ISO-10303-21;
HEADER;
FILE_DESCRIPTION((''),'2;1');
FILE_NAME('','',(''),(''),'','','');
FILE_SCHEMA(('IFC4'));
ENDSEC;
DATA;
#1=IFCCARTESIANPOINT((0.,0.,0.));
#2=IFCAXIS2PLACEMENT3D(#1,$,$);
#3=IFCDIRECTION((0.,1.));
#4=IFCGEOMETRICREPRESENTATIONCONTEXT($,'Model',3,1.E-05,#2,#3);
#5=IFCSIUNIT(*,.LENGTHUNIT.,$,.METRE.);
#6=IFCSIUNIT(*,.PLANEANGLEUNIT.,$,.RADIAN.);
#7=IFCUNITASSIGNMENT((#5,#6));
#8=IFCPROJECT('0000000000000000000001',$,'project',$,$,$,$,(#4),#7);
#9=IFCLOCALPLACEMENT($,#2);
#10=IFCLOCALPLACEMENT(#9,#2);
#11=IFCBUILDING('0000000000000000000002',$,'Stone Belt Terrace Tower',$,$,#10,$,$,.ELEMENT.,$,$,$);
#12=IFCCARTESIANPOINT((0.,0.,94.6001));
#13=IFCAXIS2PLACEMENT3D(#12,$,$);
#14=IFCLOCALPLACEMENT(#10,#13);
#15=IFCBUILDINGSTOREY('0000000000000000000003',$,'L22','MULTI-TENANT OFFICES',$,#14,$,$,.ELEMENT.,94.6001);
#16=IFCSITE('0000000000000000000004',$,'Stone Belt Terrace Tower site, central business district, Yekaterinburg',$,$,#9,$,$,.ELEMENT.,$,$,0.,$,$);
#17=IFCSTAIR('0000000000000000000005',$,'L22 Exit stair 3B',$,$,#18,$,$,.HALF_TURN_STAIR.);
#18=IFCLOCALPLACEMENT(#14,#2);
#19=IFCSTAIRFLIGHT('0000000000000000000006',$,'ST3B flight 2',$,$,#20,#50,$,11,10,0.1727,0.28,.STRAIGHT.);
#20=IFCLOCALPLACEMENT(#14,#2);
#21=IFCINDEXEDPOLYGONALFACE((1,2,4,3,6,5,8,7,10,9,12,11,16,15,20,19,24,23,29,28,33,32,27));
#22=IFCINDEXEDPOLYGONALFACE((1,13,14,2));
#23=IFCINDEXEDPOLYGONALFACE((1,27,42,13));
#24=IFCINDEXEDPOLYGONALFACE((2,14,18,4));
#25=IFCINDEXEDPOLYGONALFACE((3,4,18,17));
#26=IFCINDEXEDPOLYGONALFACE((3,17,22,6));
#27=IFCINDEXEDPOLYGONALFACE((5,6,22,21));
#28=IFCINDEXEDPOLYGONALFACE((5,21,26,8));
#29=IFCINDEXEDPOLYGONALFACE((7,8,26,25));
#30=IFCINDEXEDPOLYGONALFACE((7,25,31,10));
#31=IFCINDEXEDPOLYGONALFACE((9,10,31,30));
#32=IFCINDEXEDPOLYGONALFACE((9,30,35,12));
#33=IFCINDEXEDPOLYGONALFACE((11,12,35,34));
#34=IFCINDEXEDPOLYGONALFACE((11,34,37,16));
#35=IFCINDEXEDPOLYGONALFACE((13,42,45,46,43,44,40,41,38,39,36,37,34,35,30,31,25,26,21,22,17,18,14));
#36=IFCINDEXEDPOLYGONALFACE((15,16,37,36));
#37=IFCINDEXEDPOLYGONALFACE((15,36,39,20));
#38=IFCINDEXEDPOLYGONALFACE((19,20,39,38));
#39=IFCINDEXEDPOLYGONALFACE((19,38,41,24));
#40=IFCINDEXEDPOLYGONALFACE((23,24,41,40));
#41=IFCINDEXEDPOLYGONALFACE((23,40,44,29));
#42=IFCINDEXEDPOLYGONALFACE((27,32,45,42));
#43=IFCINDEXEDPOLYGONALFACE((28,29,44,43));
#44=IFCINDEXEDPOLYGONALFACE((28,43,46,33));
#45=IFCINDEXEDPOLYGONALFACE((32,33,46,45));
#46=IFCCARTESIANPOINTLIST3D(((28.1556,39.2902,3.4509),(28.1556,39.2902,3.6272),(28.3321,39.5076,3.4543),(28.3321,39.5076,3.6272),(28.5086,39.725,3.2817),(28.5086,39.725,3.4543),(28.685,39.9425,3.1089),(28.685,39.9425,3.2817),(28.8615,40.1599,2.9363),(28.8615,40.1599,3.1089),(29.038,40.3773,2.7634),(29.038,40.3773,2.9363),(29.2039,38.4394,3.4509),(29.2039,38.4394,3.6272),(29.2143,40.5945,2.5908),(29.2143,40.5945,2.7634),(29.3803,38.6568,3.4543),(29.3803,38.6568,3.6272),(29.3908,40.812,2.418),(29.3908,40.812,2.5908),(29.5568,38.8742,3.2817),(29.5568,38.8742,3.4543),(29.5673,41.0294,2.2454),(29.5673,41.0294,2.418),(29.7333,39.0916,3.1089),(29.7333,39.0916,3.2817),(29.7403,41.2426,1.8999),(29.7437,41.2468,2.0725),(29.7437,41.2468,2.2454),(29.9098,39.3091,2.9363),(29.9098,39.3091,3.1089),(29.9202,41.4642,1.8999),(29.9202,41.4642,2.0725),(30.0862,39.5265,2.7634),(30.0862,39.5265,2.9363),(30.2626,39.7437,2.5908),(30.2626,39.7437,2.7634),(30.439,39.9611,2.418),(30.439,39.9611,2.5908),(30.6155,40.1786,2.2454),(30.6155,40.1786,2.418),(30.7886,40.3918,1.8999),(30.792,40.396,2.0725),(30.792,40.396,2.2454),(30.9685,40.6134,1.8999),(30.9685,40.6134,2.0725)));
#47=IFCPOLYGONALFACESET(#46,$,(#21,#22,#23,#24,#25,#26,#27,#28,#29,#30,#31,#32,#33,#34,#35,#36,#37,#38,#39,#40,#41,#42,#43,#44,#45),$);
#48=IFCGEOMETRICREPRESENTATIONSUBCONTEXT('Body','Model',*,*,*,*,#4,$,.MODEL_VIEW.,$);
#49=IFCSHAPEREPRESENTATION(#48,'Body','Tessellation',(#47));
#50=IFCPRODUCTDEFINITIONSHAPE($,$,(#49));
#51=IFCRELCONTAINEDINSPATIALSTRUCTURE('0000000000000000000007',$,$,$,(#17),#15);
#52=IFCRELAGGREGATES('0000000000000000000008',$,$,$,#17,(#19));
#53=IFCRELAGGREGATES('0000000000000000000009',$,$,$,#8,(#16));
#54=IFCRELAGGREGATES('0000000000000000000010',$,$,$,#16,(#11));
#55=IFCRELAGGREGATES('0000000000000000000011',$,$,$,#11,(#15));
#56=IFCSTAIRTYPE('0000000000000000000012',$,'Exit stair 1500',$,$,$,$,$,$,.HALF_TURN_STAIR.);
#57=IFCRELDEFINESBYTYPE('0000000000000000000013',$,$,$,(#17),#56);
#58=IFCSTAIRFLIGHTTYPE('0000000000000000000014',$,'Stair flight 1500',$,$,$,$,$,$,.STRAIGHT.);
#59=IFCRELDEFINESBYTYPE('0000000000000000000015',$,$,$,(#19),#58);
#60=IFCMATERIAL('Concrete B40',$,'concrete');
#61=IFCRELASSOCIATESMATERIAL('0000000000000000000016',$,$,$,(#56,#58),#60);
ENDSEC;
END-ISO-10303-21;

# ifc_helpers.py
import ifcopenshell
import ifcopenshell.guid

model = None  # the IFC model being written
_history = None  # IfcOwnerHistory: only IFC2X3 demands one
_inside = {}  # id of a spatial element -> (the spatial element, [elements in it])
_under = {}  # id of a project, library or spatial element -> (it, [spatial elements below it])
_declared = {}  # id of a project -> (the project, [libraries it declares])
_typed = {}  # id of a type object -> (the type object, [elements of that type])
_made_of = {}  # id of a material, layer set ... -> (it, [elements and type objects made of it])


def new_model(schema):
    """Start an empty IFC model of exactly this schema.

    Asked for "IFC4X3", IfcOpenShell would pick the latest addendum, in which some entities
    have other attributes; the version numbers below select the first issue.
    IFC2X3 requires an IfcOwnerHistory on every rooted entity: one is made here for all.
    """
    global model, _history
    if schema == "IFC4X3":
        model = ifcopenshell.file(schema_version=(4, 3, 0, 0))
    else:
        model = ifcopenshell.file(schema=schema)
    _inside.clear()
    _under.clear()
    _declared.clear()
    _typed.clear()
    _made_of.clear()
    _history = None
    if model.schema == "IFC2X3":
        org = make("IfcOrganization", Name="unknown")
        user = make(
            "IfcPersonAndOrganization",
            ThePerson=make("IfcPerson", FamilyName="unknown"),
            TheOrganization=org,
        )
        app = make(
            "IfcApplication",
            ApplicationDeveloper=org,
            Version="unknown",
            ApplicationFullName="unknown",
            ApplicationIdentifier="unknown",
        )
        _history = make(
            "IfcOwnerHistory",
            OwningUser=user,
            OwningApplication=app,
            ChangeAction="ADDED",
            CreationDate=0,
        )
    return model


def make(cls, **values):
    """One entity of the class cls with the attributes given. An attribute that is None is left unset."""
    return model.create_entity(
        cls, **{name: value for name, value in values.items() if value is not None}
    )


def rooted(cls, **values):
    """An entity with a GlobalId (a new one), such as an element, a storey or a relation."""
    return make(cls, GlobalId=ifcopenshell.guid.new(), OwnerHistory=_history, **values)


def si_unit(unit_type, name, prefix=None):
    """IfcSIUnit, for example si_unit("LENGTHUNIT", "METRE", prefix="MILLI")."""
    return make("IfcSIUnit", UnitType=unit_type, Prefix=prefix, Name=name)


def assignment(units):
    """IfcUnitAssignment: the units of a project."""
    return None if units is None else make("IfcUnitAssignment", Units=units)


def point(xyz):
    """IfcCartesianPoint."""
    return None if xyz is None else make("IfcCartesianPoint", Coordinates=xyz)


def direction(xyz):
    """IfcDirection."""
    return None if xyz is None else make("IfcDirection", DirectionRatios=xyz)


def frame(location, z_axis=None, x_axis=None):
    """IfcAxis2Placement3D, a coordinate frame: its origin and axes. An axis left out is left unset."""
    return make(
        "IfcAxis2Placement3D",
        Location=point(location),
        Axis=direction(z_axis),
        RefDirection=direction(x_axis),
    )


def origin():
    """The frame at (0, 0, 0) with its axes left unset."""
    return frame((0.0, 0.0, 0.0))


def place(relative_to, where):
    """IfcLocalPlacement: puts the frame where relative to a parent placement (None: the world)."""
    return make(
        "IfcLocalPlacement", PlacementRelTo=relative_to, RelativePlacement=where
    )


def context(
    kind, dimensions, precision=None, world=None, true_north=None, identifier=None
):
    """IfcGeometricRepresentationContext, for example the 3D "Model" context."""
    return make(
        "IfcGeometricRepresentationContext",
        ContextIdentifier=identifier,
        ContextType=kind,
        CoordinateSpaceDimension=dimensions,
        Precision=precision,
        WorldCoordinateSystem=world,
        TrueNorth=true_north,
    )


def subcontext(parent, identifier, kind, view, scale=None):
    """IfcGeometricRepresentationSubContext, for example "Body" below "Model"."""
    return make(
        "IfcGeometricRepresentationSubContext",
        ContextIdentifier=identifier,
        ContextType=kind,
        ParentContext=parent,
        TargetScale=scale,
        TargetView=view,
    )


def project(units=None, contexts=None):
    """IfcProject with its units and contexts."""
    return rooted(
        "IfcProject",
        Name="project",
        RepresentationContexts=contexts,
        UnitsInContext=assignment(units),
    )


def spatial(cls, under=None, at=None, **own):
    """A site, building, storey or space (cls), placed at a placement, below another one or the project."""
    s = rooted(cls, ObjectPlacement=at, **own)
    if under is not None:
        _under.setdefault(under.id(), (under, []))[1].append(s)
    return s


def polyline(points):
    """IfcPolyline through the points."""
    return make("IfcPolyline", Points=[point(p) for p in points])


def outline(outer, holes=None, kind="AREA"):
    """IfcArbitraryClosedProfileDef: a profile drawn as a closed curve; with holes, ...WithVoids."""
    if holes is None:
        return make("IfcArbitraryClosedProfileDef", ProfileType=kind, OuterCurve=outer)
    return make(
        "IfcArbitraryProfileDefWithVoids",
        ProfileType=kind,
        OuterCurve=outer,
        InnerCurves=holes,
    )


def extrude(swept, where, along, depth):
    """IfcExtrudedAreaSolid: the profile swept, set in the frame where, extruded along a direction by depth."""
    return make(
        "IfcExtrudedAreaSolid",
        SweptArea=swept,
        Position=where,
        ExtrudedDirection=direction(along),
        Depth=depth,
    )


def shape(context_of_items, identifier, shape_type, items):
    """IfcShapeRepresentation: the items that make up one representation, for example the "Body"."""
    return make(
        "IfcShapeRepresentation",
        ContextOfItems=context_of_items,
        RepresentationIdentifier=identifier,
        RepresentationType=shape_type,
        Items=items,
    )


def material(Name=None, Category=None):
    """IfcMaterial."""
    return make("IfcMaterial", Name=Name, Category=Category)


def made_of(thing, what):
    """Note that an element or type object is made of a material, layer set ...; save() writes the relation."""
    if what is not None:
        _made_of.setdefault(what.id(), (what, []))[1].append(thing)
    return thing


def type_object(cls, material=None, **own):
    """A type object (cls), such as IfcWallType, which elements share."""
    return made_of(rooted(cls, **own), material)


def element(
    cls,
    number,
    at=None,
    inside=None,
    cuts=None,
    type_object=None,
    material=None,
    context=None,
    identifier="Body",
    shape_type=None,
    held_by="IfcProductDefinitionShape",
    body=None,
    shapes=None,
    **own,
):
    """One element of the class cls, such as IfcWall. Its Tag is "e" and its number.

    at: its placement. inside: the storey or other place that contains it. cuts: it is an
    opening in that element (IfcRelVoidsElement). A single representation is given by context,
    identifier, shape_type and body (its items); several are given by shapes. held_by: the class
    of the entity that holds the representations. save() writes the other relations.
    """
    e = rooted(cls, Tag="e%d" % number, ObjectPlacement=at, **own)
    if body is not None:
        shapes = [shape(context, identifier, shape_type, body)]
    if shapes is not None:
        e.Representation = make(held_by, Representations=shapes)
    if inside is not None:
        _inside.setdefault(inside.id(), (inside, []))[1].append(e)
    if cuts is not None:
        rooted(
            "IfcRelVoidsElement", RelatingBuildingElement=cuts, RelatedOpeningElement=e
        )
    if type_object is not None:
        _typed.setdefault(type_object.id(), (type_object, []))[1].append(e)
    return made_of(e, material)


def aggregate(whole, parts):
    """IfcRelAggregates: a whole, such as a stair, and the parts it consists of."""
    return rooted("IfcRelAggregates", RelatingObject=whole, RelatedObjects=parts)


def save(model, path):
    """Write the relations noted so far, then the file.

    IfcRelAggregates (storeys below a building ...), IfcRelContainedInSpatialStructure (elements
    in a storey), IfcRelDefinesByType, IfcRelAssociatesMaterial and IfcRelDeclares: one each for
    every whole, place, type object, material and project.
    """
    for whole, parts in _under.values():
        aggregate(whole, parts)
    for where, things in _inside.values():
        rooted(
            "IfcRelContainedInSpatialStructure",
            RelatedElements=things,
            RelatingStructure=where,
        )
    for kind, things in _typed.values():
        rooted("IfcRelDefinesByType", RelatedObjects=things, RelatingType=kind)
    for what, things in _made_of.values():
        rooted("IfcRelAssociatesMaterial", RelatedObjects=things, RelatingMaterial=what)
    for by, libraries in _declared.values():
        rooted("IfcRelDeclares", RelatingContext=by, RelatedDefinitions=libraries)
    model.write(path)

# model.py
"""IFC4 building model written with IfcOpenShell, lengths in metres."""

from ifc_helpers import new_model, si_unit, direction, frame, origin, place, context, subcontext, project, spatial, polyline, outline, extrude, material, type_object, element, aggregate, save


model = new_model("IFC4")

# Units and contexts
model_context = context("Model", 3, precision=1e-05, world=origin(), true_north=direction((0.0, 1.0)))
body_context = subcontext(model_context, "Body", "Model", "MODEL_VIEW")
ifc_project = project(units=[si_unit("LENGTHUNIT", "METRE"), si_unit("PLANEANGLEUNIT", "RADIAN")], contexts=[model_context])

# Site, building, storey
site_placement = place(None, origin())
site = spatial("IfcSite", under=ifc_project, at=site_placement, Name="Stone Belt Terrace Tower site, central business district, Yekaterinburg", CompositionType="ELEMENT", RefElevation=0.0)
building_placement = place(site_placement, origin())
building = spatial("IfcBuilding", under=site, at=building_placement, Name="Stone Belt Terrace Tower", CompositionType="ELEMENT")
storey_placement = place(building_placement, frame((0.0, 0.0, 94.6001)))
storey = spatial("IfcBuildingStorey", under=building, at=storey_placement, Name="L22", Description="MULTI-TENANT OFFICES", CompositionType="ELEMENT", Elevation=94.6001)

# Stair, stair flight
ifc_material_1 = material(Name="Concrete B40", Category="concrete")
stair_type = type_object("IfcStairType", Name="Exit stair 1500", PredefinedType="HALF_TURN_STAIR", material=ifc_material_1)
stair_placement = place(storey_placement, origin())
stair = element("IfcStair", 1, at=stair_placement, inside=storey, type_object=stair_type, Name="L22 Exit stair 3B", PredefinedType="HALF_TURN_STAIR")
stair_flight_type = type_object("IfcStairFlightType", Name="Stair flight 1500", PredefinedType="STRAIGHT", material=ifc_material_1)
stair_flight_placement = place(storey_placement, frame((30.4443, 41.0388, 1.8999), z_axis=(0.0, 0.0, 1.0), x_axis=(-0.630206, -0.776428, 0.0)))
stair_flight = element("IfcStairFlight", 2, at=stair_flight_placement, type_object=stair_flight_type, Name="ST3B flight 2", NumberOfRisers=11, NumberOfTreads=10, PredefinedType="STRAIGHT", RiserHeight=0.1727, TreadLength=0.28, context=body_context, shape_type="SweptSolid", body=[
    extrude(outline(polyline([(0.0, 0.0), (0.0, 0.1726), (0.28, 0.1726), (0.28, 0.3455), (0.5601, 0.3455), (0.5601, 0.5181), (0.8401, 0.5181), (0.8401, 0.6909), (1.1201, 0.6909), (1.1201, 0.8635), (1.3999, 0.8635), (1.3999, 1.0364), (1.6799, 1.0364), (1.6799, 1.209), (1.96, 1.209), (1.96, 1.3818), (2.24, 1.3818), (2.24, 1.5544), (2.52, 1.5544), (2.52, 1.7273), (2.8, 1.7273), (2.8, 1.8999), (2.8, 1.551), (0.2854, 0.0), (0.0, 0.0)])), frame((0.0, 0.675, 0.0), z_axis=(0.0, -1.0, 0.0), x_axis=(1.0, 0.0, 0.0)), (0.0, 0.0, 1.0), 1.3501),
])
aggregate(stair, [stair_flight])

save(model, "model.ifc")
